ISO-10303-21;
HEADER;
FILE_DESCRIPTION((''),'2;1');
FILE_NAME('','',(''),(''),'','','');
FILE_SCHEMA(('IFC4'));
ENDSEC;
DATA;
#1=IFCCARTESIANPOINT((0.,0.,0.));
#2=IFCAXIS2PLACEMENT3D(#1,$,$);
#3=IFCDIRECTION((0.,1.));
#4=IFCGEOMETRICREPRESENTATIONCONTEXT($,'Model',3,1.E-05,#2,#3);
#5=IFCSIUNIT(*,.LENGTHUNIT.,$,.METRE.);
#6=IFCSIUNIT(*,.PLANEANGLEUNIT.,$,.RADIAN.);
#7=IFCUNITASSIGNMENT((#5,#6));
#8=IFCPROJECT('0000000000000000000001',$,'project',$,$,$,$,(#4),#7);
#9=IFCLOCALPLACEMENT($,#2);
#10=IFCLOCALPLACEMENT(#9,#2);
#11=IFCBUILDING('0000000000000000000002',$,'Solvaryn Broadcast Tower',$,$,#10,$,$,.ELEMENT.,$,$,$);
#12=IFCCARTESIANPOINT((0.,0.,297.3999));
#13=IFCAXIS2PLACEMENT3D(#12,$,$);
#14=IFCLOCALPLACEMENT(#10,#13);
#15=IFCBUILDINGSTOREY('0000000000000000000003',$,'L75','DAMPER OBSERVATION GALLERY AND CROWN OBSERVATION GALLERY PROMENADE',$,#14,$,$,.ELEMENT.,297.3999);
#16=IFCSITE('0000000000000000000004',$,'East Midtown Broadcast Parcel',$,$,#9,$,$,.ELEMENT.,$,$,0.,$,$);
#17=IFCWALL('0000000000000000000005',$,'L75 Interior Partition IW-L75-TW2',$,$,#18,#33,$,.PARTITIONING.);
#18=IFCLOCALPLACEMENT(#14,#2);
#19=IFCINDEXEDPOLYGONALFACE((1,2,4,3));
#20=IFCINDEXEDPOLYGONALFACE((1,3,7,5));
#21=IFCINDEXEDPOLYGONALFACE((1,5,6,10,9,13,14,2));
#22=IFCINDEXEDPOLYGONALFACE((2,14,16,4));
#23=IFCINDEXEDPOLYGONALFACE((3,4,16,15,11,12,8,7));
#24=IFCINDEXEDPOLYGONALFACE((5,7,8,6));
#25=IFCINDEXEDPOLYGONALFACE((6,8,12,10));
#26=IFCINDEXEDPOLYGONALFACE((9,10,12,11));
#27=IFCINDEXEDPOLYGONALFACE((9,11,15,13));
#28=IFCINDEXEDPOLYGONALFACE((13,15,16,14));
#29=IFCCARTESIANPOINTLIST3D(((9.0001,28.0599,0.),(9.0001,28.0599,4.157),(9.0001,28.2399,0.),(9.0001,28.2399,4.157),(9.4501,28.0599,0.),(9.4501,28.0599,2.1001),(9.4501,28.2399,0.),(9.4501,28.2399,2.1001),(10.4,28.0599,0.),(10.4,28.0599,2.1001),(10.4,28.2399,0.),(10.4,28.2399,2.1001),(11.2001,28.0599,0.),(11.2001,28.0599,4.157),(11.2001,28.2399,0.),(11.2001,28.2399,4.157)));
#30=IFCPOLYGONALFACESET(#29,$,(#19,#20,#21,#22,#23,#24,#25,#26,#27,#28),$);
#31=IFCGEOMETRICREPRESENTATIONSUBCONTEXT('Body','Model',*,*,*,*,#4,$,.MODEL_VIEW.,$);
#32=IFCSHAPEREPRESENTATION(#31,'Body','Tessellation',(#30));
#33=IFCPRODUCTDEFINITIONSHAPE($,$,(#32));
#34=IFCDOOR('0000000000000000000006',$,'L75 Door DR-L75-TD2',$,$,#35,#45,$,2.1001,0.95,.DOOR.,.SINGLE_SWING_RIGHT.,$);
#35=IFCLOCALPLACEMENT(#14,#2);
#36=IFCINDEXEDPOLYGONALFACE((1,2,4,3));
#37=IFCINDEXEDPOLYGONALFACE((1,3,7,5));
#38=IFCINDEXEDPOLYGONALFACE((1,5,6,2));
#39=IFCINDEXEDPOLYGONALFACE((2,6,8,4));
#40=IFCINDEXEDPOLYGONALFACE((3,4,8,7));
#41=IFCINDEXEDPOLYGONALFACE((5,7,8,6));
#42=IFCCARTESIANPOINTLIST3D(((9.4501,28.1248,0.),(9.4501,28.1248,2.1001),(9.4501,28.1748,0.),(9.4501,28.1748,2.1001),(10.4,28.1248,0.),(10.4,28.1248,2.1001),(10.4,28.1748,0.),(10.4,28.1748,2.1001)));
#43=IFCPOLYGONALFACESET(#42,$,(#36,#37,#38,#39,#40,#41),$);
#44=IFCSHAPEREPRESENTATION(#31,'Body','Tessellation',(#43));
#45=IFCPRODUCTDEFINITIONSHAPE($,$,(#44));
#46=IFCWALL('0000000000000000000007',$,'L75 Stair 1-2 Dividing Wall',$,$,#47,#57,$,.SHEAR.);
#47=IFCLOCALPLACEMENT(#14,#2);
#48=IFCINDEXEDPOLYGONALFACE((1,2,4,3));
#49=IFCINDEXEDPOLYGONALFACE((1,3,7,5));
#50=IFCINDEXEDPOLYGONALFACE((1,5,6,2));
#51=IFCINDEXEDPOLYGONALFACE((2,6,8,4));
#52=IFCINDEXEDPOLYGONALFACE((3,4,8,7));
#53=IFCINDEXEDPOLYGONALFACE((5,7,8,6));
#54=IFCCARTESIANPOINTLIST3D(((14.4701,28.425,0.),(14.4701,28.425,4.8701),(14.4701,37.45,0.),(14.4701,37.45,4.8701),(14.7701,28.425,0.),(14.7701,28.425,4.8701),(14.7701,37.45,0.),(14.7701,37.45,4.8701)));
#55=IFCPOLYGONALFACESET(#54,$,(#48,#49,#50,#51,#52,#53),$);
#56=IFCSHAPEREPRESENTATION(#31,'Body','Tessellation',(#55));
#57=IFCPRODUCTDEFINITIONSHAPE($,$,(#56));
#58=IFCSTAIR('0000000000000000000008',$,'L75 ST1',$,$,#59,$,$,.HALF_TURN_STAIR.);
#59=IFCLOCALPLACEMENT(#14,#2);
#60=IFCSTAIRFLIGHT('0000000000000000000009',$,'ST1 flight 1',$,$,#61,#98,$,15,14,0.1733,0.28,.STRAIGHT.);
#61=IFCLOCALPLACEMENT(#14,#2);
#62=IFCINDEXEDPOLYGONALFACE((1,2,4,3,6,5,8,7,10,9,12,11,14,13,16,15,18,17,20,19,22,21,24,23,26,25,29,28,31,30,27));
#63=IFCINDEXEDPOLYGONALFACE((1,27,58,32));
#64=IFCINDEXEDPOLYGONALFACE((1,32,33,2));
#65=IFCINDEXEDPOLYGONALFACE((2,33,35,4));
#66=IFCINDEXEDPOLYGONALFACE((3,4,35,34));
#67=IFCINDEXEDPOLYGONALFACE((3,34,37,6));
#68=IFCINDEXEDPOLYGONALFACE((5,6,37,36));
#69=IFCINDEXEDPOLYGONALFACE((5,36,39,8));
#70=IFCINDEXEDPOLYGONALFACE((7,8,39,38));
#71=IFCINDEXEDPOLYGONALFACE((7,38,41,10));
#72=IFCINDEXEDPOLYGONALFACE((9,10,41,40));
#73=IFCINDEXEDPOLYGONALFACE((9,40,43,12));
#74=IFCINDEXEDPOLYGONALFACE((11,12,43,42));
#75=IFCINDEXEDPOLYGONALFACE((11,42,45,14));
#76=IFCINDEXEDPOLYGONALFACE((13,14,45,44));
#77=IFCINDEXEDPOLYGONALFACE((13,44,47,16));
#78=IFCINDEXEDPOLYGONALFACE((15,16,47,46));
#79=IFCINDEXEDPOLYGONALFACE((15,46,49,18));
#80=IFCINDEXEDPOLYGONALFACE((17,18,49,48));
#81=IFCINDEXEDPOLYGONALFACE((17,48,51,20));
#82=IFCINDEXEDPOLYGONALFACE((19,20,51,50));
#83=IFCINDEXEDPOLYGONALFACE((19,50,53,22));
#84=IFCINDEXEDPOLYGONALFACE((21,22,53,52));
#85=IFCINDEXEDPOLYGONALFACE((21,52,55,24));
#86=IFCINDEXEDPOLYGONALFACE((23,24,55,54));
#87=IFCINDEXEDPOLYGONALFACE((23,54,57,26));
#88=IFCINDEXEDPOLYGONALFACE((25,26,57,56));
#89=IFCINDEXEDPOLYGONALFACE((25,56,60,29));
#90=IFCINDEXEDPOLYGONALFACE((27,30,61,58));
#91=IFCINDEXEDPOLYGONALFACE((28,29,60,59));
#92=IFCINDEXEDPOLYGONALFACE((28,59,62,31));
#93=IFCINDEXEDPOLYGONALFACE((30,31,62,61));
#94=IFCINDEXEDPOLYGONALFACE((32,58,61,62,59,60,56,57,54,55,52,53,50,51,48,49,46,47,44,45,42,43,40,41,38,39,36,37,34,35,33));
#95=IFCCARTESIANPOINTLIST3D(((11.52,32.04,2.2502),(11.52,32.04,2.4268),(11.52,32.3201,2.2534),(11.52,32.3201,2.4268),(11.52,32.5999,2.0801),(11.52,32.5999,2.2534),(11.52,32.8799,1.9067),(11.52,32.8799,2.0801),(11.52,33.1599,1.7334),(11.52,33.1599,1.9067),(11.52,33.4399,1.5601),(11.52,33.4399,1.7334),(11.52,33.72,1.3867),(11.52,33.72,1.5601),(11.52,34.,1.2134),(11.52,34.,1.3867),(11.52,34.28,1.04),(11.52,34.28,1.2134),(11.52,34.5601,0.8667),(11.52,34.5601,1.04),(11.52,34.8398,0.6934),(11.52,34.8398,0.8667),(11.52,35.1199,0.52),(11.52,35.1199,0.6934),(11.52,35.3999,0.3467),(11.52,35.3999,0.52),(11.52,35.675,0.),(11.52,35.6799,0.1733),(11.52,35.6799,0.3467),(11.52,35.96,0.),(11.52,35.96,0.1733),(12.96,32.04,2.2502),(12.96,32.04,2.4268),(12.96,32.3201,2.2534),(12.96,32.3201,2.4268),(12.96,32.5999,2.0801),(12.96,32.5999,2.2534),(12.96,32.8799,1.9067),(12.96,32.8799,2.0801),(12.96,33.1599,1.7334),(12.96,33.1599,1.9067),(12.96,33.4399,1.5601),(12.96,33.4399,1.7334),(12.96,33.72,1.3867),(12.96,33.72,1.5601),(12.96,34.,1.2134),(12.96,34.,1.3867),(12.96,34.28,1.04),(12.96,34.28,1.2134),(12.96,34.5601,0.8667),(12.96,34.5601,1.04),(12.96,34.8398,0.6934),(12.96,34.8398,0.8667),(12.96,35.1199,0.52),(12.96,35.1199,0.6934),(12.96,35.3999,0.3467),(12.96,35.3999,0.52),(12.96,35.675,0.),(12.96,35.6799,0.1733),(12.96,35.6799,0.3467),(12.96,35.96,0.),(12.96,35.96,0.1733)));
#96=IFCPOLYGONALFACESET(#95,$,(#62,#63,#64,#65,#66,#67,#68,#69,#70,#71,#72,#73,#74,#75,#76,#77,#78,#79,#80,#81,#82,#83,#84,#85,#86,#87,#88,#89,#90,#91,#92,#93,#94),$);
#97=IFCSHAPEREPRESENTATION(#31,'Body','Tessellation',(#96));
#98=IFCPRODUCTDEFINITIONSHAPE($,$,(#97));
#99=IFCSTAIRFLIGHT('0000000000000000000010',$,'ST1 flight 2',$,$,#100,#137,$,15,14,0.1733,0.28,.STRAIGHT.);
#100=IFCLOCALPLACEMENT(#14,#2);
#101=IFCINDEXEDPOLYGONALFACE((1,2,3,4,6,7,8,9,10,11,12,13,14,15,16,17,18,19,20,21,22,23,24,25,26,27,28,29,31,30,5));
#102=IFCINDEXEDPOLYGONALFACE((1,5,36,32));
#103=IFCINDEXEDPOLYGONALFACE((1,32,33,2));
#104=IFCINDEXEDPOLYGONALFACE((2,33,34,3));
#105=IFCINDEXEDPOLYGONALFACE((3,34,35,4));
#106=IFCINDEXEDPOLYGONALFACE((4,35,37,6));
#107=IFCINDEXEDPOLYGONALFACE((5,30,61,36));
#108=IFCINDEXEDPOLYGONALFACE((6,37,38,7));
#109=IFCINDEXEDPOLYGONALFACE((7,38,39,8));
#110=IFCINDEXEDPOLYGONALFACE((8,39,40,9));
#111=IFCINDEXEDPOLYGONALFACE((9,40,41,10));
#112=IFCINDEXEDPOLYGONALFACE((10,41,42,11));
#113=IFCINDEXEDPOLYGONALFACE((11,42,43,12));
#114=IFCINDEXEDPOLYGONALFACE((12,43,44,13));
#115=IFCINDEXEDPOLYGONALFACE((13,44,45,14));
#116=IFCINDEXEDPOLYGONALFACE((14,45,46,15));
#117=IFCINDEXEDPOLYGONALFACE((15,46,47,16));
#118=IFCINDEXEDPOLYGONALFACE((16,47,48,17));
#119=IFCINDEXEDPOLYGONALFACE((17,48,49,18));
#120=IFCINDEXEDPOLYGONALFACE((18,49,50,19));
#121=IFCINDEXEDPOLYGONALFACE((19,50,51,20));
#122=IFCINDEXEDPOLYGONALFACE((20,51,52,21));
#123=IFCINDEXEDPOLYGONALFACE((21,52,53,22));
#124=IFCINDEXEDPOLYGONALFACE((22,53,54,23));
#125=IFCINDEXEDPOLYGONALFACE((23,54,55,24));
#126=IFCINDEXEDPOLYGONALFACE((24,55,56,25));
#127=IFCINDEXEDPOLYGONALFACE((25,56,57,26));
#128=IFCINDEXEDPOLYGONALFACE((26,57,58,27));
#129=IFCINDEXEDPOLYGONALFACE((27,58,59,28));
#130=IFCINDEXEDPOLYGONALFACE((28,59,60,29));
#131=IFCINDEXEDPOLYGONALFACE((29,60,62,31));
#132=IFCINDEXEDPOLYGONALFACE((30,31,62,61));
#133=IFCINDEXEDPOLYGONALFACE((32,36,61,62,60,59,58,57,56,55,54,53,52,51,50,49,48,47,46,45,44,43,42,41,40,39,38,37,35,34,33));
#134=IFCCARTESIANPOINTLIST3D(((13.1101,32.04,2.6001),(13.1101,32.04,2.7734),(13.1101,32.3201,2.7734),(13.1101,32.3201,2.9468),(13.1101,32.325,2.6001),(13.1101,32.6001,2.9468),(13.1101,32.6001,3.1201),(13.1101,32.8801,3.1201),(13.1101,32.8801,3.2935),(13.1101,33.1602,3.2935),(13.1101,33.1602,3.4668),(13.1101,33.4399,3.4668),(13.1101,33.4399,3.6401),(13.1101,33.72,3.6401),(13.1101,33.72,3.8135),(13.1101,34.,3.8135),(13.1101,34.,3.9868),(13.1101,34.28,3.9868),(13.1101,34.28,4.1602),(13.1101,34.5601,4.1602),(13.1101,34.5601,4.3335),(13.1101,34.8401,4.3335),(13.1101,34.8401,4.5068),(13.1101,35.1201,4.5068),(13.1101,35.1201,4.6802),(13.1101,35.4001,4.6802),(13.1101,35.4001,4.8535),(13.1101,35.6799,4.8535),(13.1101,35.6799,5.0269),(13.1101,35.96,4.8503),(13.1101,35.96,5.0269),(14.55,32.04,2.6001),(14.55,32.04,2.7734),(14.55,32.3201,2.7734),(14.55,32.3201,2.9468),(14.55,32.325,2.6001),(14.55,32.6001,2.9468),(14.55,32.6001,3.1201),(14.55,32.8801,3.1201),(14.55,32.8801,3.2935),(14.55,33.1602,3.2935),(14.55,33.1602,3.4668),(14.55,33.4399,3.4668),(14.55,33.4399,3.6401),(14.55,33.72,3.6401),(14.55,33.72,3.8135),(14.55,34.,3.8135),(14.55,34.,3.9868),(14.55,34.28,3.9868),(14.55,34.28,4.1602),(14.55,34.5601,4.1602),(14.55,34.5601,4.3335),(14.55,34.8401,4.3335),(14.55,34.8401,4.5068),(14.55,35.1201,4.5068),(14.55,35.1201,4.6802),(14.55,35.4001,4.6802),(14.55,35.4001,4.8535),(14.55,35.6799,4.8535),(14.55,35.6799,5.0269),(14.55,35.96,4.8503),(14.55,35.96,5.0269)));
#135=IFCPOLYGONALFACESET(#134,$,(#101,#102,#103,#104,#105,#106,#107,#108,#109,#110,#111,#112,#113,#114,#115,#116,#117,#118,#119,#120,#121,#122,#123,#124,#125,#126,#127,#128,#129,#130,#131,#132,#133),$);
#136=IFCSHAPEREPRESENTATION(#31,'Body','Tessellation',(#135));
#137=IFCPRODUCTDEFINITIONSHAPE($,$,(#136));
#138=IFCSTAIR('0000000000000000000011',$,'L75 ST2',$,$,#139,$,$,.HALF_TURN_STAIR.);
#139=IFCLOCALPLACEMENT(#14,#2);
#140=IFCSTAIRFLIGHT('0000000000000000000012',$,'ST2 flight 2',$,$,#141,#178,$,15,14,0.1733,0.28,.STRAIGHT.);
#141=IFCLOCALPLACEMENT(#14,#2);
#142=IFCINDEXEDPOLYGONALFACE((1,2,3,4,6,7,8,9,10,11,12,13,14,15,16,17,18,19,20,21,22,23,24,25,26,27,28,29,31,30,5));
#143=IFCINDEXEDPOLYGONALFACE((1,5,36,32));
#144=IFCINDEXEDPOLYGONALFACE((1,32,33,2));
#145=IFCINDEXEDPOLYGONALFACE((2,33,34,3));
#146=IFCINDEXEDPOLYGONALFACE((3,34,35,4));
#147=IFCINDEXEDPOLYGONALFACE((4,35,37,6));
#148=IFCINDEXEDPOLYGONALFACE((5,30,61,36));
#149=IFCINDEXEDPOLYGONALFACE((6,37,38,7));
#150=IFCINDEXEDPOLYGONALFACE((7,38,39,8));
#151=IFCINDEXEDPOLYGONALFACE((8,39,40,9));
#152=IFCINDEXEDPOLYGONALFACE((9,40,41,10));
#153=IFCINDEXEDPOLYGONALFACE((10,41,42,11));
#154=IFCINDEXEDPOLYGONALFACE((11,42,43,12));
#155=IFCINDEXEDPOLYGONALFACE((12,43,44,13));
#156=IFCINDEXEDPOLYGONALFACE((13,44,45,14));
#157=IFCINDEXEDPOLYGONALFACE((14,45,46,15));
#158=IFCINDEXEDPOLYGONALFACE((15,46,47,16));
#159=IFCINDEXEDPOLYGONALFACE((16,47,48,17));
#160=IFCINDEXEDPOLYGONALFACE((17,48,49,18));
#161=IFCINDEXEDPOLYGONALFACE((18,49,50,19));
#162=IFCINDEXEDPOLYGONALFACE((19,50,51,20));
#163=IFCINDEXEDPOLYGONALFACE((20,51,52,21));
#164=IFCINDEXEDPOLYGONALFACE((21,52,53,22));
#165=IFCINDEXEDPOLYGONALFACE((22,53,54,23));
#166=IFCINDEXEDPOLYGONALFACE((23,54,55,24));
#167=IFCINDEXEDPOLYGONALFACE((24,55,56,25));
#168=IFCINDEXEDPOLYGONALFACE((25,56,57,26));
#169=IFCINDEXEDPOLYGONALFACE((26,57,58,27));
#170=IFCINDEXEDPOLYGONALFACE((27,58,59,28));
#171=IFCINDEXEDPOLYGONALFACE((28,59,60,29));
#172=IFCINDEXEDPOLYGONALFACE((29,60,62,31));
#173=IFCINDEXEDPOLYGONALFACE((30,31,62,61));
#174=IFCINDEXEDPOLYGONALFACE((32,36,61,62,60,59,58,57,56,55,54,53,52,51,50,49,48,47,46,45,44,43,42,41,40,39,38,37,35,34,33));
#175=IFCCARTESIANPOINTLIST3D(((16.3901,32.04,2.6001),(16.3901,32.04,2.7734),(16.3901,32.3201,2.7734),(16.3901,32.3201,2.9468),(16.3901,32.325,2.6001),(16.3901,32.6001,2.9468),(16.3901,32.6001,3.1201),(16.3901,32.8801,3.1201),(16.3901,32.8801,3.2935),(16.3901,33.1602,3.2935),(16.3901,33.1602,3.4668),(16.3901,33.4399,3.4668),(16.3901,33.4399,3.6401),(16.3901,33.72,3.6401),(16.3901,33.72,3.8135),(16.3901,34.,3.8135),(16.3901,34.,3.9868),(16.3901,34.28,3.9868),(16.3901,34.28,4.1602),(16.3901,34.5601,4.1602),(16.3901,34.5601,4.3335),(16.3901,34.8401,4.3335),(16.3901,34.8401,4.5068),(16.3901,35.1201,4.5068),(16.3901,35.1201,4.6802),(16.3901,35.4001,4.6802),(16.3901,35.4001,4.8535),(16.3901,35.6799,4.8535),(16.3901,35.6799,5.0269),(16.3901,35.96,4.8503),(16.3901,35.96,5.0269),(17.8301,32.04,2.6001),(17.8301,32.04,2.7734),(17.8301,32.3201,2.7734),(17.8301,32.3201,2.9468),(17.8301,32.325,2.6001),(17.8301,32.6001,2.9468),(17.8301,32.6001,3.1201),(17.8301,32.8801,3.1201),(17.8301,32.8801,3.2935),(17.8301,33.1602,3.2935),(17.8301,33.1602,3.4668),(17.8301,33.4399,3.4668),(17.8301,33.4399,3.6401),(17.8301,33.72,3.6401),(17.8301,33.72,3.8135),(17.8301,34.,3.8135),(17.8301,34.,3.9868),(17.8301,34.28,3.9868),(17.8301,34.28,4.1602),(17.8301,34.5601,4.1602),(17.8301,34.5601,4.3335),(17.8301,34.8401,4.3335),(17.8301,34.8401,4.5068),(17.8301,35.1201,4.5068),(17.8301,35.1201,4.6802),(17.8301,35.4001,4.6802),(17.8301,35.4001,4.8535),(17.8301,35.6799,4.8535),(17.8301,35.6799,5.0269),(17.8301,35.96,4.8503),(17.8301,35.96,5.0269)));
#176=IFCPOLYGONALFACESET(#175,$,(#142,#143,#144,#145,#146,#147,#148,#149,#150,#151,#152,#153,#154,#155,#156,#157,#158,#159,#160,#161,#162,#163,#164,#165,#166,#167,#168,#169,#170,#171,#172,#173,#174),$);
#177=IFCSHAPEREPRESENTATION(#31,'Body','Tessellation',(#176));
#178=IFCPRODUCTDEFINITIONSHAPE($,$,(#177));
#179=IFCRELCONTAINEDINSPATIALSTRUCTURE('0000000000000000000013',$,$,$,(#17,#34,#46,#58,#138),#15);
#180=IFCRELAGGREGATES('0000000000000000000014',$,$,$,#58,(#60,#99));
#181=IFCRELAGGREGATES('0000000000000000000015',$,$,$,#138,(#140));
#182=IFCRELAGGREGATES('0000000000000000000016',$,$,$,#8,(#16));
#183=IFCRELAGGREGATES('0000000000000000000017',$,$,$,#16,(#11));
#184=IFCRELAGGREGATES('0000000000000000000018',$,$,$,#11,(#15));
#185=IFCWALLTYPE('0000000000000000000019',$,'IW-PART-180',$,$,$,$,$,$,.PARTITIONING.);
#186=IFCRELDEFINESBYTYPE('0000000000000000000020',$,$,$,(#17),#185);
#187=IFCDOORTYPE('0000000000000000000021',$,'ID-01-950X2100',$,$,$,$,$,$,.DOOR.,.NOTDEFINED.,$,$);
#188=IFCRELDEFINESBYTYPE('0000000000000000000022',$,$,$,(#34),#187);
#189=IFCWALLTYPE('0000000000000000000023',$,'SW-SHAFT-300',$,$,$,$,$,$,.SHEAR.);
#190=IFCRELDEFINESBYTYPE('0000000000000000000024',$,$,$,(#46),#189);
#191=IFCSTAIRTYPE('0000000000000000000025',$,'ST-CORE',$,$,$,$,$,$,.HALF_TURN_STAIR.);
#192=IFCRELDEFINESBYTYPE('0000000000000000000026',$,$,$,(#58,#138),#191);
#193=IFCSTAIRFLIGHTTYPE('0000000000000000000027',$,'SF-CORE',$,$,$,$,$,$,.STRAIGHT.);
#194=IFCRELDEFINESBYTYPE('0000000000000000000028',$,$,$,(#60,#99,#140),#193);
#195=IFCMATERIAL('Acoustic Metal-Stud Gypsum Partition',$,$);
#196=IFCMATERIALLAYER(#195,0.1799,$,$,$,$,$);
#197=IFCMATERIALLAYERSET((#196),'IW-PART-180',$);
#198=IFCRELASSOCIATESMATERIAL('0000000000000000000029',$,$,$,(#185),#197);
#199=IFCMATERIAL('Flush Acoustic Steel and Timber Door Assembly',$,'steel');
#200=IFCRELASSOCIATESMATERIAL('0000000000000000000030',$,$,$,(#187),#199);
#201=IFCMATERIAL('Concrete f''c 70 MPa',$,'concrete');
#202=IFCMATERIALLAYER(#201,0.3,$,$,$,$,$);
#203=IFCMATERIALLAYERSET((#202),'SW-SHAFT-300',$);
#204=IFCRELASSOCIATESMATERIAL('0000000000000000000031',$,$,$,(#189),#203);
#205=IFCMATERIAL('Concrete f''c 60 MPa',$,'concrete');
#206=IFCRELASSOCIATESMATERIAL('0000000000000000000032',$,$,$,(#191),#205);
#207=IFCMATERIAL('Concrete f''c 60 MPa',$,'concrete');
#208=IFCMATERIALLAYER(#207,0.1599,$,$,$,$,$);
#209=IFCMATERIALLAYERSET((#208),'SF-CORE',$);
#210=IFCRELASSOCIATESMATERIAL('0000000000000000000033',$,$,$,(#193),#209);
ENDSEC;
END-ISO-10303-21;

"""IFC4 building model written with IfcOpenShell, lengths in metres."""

from ifc_helpers import new_model, si_unit, direction, frame, frame_2d, origin, place, context, subcontext, project, spatial, polyline, rectangle, outline, extrude, material, layer, layer_set, type_object, element, fill, aggregate, save


model = new_model("IFC4")

# Units and contexts
model_context = context("Model", 3, precision=1e-05, world=origin(), true_north=direction((0.0, 1.0)))
body_context = subcontext(model_context, "Body", "Model", "MODEL_VIEW")
ifc_project = project(units=[si_unit("LENGTHUNIT", "METRE"), si_unit("PLANEANGLEUNIT", "RADIAN")], contexts=[model_context])

# Site, building, storey
site_placement = place(None, origin())
site = spatial("IfcSite", under=ifc_project, at=site_placement, Name="East Midtown Broadcast Parcel", CompositionType="ELEMENT", RefElevation=0.0)
building_placement = place(site_placement, origin())
building = spatial("IfcBuilding", under=site, at=building_placement, Name="Solvaryn Broadcast Tower", CompositionType="ELEMENT")
storey_placement = place(building_placement, frame((0.0, 0.0, 297.3999)))
storey = spatial("IfcBuildingStorey", under=building, at=storey_placement, Name="L75", Description="DAMPER OBSERVATION GALLERY AND CROWN OBSERVATION GALLERY PROMENADE", CompositionType="ELEMENT", Elevation=297.3999)

# Wall, opening, door
ifc_material_1 = material(Name="Acoustic Metal-Stud Gypsum Partition")
ifc_layer_1 = layer(ifc_material_1, 0.1799)
ifc_layer_set_1 = layer_set([ifc_layer_1], Name="IW-PART-180")
wall_type_1 = type_object("IfcWallType", Name="IW-PART-180", PredefinedType="PARTITIONING", material=ifc_layer_set_1)
wall_1_placement = place(storey_placement, frame((9.0, 28.1499, 0.0), z_axis=(0.0, 0.0, 1.0), x_axis=(1.0, 0.0, 0.0)))
wall_1 = element("IfcWall", 1, at=wall_1_placement, inside=storey, type_object=wall_type_1, Name="L75 Interior Partition IW-L75-TW2", PredefinedType="PARTITIONING", context=body_context, shape_type="SweptSolid", body=[
    extrude(rectangle(XDim=2.2, YDim=0.1799, at=frame_2d((1.1001, 0.0))), origin(), (0.0, 0.0, 1.0), 4.157),
])
opening_1_placement = place(wall_1_placement, frame((0.45, 0.0, 0.0)))
opening_1 = element("IfcOpeningElement", 2, at=opening_1_placement, cuts=wall_1, PredefinedType="OPENING", context=body_context, shape_type="SweptSolid", body=[
    extrude(rectangle(XDim=0.95, YDim=2.1001, at=frame_2d((0.4751, 1.05))), frame((0.0, 0.0999, 0.0), z_axis=(0.0, -1.0, 0.0), x_axis=(1.0, 0.0, 0.0)), (0.0, 0.0, 1.0), 0.2),
])
ifc_material_2 = material(Name="Flush Acoustic Steel and Timber Door Assembly", Category="steel")
door_type_1 = type_object("IfcDoorType", Name="ID-01-950X2100", OperationType="NOTDEFINED", PredefinedType="DOOR", material=ifc_material_2)
door_1_placement = place(opening_1_placement, origin())
door_1 = element("IfcDoor", 3, at=door_1_placement, inside=storey, type_object=door_type_1, Name="L75 Door DR-L75-TD2", OperationType="SINGLE_SWING_RIGHT", OverallHeight=2.1001, OverallWidth=0.95, PredefinedType="DOOR", context=body_context, shape_type="SweptSolid", body=[
    extrude(rectangle(XDim=0.95, YDim=2.1001, at=frame_2d((0.4751, 1.05))), frame((0.0, 0.0249, 0.0), z_axis=(0.0, -1.0, 0.0), x_axis=(1.0, 0.0, 0.0)), (0.0, 0.0, 1.0), 0.05),
])
fill(opening_1, door_1)

# Wall
ifc_material_3 = material(Name="Concrete f'c 70 MPa", Category="concrete")
ifc_layer_2 = layer(ifc_material_3, 0.3)
ifc_layer_set_2 = layer_set([ifc_layer_2], Name="SW-SHAFT-300")
wall_type_2 = type_object("IfcWallType", Name="SW-SHAFT-300", PredefinedType="SHEAR", material=ifc_layer_set_2)
wall_2_placement = place(storey_placement, frame((14.6201, 28.425, 0.0), z_axis=(0.0, 0.0, 1.0), x_axis=(0.0, 1.0, 0.0)))
element("IfcWall", 4, at=wall_2_placement, inside=storey, type_object=wall_type_2, Name="L75 Stair 1-2 Dividing Wall", PredefinedType="SHEAR", context=body_context, shape_type="SweptSolid", body=[
    extrude(rectangle(XDim=9.0249, YDim=0.3, at=frame_2d((4.5125, 0.0))), origin(), (0.0, 0.0, 1.0), 4.8701),
])

# Stair, stair flights
ifc_material_4 = material(Name="Concrete f'c 60 MPa", Category="concrete")
stair_type = type_object("IfcStairType", Name="ST-CORE", PredefinedType="HALF_TURN_STAIR", material=ifc_material_4)
stair_1_placement = place(storey_placement, origin())
stair_1 = element("IfcStair", 5, at=stair_1_placement, inside=storey, type_object=stair_type, Name="L75 ST1", PredefinedType="HALF_TURN_STAIR")
ifc_material_5 = material(Name="Concrete f'c 60 MPa", Category="concrete")
ifc_layer_3 = layer(ifc_material_5, 0.1599)
ifc_layer_set_3 = layer_set([ifc_layer_3], Name="SF-CORE")
stair_flight_type = type_object("IfcStairFlightType", Name="SF-CORE", PredefinedType="STRAIGHT", material=ifc_layer_set_3)
stair_flight_1_placement = place(storey_placement, frame((12.24, 35.96, 0.0), z_axis=(0.0, 0.0, 1.0), x_axis=(0.0, -1.0, 0.0)))
stair_flight_1 = element("IfcStairFlight", 6, at=stair_flight_1_placement, type_object=stair_flight_type, Name="ST1 flight 1", NumberOfRisers=15, NumberOfTreads=14, PredefinedType="STRAIGHT", RiserHeight=0.1733, TreadLength=0.28, context=body_context, shape_type="SweptSolid", body=[
    extrude(outline(polyline([(0.0, 0.0), (0.0, 0.1733), (0.28, 0.1733), (0.28, 0.3467), (0.5601, 0.3467), (0.5601, 0.52), (0.8401, 0.52), (0.8401, 0.6934), (1.1201, 0.6934), (1.1201, 0.8667), (1.3999, 0.8667), (1.3999, 1.04), (1.6799, 1.04), (1.6799, 1.2134), (1.96, 1.2134), (1.96, 1.3867), (2.24, 1.3867), (2.24, 1.5601), (2.52, 1.5601), (2.52, 1.7334), (2.8, 1.7334), (2.8, 1.9067), (3.0801, 1.9067), (3.0801, 2.0801), (3.3601, 2.0801), (3.3601, 2.2534), (3.6399, 2.2534), (3.6399, 2.4268), (3.9199, 2.4268), (3.9199, 2.6001), (3.9199, 2.2502), (0.2849, 0.0), (0.0, 0.0)])), frame((0.0, 0.72, 0.0), z_axis=(0.0, -1.0, 0.0), x_axis=(1.0, 0.0, 0.0)), (0.0, 0.0, 1.0), 1.4399),
])
stair_flight_2_placement = place(storey_placement, frame((13.8301, 32.04, 2.6001), z_axis=(0.0, 0.0, 1.0), x_axis=(0.0, 1.0, 0.0)))
stair_flight_2 = element("IfcStairFlight", 7, at=stair_flight_2_placement, type_object=stair_flight_type, Name="ST1 flight 2", NumberOfRisers=15, NumberOfTreads=14, PredefinedType="STRAIGHT", RiserHeight=0.1733, TreadLength=0.28, context=body_context, shape_type="SweptSolid", body=[
    extrude(outline(polyline([(0.0, 0.0), (0.0, 0.1733), (0.28, 0.1733), (0.28, 0.3467), (0.5601, 0.3467), (0.5601, 0.52), (0.8401, 0.52), (0.8401, 0.6934), (1.1201, 0.6934), (1.1201, 0.8667), (1.3999, 0.8667), (1.3999, 1.04), (1.6799, 1.04), (1.6799, 1.2134), (1.96, 1.2134), (1.96, 1.3867), (2.24, 1.3867), (2.24, 1.5601), (2.52, 1.5601), (2.52, 1.7334), (2.8, 1.7334), (2.8, 1.9067), (3.0801, 1.9067), (3.0801, 2.0801), (3.3601, 2.0801), (3.3601, 2.2534), (3.6399, 2.2534), (3.6399, 2.4268), (3.9199, 2.4268), (3.9199, 2.6001), (3.9199, 2.2502), (0.2849, 0.0), (0.0, 0.0)])), frame((0.0, 0.72, 0.0), z_axis=(0.0, -1.0, 0.0), x_axis=(1.0, 0.0, 0.0)), (0.0, 0.0, 1.0), 1.4399),
])
aggregate(stair_1, [stair_flight_1, stair_flight_2])

# Stair, stair flight
stair_2_placement = place(storey_placement, origin())
stair_2 = element("IfcStair", 8, at=stair_2_placement, inside=storey, type_object=stair_type, Name="L75 ST2", PredefinedType="HALF_TURN_STAIR")
stair_flight_3_placement = place(storey_placement, frame((17.1101, 32.04, 2.6001), z_axis=(0.0, 0.0, 1.0), x_axis=(0.0, 1.0, 0.0)))
stair_flight_3 = element("IfcStairFlight", 9, at=stair_flight_3_placement, type_object=stair_flight_type, Name="ST2 flight 2", NumberOfRisers=15, NumberOfTreads=14, PredefinedType="STRAIGHT", RiserHeight=0.1733, TreadLength=0.28, context=body_context, shape_type="SweptSolid", body=[
    extrude(outline(polyline([(0.0, 0.0), (0.0, 0.1733), (0.28, 0.1733), (0.28, 0.3467), (0.5601, 0.3467), (0.5601, 0.52), (0.8401, 0.52), (0.8401, 0.6934), (1.1201, 0.6934), (1.1201, 0.8667), (1.3999, 0.8667), (1.3999, 1.04), (1.6799, 1.04), (1.6799, 1.2134), (1.96, 1.2134), (1.96, 1.3867), (2.24, 1.3867), (2.24, 1.5601), (2.52, 1.5601), (2.52, 1.7334), (2.8, 1.7334), (2.8, 1.9067), (3.0801, 1.9067), (3.0801, 2.0801), (3.3601, 2.0801), (3.3601, 2.2534), (3.6399, 2.2534), (3.6399, 2.4268), (3.9199, 2.4268), (3.9199, 2.6001), (3.9199, 2.2502), (0.2849, 0.0), (0.0, 0.0)])), frame((0.0, 0.72, 0.0), z_axis=(0.0, -1.0, 0.0), x_axis=(1.0, 0.0, 0.0)), (0.0, 0.0, 1.0), 1.4399),
])
aggregate(stair_2, [stair_flight_3])

save(model, "model.ifc")
